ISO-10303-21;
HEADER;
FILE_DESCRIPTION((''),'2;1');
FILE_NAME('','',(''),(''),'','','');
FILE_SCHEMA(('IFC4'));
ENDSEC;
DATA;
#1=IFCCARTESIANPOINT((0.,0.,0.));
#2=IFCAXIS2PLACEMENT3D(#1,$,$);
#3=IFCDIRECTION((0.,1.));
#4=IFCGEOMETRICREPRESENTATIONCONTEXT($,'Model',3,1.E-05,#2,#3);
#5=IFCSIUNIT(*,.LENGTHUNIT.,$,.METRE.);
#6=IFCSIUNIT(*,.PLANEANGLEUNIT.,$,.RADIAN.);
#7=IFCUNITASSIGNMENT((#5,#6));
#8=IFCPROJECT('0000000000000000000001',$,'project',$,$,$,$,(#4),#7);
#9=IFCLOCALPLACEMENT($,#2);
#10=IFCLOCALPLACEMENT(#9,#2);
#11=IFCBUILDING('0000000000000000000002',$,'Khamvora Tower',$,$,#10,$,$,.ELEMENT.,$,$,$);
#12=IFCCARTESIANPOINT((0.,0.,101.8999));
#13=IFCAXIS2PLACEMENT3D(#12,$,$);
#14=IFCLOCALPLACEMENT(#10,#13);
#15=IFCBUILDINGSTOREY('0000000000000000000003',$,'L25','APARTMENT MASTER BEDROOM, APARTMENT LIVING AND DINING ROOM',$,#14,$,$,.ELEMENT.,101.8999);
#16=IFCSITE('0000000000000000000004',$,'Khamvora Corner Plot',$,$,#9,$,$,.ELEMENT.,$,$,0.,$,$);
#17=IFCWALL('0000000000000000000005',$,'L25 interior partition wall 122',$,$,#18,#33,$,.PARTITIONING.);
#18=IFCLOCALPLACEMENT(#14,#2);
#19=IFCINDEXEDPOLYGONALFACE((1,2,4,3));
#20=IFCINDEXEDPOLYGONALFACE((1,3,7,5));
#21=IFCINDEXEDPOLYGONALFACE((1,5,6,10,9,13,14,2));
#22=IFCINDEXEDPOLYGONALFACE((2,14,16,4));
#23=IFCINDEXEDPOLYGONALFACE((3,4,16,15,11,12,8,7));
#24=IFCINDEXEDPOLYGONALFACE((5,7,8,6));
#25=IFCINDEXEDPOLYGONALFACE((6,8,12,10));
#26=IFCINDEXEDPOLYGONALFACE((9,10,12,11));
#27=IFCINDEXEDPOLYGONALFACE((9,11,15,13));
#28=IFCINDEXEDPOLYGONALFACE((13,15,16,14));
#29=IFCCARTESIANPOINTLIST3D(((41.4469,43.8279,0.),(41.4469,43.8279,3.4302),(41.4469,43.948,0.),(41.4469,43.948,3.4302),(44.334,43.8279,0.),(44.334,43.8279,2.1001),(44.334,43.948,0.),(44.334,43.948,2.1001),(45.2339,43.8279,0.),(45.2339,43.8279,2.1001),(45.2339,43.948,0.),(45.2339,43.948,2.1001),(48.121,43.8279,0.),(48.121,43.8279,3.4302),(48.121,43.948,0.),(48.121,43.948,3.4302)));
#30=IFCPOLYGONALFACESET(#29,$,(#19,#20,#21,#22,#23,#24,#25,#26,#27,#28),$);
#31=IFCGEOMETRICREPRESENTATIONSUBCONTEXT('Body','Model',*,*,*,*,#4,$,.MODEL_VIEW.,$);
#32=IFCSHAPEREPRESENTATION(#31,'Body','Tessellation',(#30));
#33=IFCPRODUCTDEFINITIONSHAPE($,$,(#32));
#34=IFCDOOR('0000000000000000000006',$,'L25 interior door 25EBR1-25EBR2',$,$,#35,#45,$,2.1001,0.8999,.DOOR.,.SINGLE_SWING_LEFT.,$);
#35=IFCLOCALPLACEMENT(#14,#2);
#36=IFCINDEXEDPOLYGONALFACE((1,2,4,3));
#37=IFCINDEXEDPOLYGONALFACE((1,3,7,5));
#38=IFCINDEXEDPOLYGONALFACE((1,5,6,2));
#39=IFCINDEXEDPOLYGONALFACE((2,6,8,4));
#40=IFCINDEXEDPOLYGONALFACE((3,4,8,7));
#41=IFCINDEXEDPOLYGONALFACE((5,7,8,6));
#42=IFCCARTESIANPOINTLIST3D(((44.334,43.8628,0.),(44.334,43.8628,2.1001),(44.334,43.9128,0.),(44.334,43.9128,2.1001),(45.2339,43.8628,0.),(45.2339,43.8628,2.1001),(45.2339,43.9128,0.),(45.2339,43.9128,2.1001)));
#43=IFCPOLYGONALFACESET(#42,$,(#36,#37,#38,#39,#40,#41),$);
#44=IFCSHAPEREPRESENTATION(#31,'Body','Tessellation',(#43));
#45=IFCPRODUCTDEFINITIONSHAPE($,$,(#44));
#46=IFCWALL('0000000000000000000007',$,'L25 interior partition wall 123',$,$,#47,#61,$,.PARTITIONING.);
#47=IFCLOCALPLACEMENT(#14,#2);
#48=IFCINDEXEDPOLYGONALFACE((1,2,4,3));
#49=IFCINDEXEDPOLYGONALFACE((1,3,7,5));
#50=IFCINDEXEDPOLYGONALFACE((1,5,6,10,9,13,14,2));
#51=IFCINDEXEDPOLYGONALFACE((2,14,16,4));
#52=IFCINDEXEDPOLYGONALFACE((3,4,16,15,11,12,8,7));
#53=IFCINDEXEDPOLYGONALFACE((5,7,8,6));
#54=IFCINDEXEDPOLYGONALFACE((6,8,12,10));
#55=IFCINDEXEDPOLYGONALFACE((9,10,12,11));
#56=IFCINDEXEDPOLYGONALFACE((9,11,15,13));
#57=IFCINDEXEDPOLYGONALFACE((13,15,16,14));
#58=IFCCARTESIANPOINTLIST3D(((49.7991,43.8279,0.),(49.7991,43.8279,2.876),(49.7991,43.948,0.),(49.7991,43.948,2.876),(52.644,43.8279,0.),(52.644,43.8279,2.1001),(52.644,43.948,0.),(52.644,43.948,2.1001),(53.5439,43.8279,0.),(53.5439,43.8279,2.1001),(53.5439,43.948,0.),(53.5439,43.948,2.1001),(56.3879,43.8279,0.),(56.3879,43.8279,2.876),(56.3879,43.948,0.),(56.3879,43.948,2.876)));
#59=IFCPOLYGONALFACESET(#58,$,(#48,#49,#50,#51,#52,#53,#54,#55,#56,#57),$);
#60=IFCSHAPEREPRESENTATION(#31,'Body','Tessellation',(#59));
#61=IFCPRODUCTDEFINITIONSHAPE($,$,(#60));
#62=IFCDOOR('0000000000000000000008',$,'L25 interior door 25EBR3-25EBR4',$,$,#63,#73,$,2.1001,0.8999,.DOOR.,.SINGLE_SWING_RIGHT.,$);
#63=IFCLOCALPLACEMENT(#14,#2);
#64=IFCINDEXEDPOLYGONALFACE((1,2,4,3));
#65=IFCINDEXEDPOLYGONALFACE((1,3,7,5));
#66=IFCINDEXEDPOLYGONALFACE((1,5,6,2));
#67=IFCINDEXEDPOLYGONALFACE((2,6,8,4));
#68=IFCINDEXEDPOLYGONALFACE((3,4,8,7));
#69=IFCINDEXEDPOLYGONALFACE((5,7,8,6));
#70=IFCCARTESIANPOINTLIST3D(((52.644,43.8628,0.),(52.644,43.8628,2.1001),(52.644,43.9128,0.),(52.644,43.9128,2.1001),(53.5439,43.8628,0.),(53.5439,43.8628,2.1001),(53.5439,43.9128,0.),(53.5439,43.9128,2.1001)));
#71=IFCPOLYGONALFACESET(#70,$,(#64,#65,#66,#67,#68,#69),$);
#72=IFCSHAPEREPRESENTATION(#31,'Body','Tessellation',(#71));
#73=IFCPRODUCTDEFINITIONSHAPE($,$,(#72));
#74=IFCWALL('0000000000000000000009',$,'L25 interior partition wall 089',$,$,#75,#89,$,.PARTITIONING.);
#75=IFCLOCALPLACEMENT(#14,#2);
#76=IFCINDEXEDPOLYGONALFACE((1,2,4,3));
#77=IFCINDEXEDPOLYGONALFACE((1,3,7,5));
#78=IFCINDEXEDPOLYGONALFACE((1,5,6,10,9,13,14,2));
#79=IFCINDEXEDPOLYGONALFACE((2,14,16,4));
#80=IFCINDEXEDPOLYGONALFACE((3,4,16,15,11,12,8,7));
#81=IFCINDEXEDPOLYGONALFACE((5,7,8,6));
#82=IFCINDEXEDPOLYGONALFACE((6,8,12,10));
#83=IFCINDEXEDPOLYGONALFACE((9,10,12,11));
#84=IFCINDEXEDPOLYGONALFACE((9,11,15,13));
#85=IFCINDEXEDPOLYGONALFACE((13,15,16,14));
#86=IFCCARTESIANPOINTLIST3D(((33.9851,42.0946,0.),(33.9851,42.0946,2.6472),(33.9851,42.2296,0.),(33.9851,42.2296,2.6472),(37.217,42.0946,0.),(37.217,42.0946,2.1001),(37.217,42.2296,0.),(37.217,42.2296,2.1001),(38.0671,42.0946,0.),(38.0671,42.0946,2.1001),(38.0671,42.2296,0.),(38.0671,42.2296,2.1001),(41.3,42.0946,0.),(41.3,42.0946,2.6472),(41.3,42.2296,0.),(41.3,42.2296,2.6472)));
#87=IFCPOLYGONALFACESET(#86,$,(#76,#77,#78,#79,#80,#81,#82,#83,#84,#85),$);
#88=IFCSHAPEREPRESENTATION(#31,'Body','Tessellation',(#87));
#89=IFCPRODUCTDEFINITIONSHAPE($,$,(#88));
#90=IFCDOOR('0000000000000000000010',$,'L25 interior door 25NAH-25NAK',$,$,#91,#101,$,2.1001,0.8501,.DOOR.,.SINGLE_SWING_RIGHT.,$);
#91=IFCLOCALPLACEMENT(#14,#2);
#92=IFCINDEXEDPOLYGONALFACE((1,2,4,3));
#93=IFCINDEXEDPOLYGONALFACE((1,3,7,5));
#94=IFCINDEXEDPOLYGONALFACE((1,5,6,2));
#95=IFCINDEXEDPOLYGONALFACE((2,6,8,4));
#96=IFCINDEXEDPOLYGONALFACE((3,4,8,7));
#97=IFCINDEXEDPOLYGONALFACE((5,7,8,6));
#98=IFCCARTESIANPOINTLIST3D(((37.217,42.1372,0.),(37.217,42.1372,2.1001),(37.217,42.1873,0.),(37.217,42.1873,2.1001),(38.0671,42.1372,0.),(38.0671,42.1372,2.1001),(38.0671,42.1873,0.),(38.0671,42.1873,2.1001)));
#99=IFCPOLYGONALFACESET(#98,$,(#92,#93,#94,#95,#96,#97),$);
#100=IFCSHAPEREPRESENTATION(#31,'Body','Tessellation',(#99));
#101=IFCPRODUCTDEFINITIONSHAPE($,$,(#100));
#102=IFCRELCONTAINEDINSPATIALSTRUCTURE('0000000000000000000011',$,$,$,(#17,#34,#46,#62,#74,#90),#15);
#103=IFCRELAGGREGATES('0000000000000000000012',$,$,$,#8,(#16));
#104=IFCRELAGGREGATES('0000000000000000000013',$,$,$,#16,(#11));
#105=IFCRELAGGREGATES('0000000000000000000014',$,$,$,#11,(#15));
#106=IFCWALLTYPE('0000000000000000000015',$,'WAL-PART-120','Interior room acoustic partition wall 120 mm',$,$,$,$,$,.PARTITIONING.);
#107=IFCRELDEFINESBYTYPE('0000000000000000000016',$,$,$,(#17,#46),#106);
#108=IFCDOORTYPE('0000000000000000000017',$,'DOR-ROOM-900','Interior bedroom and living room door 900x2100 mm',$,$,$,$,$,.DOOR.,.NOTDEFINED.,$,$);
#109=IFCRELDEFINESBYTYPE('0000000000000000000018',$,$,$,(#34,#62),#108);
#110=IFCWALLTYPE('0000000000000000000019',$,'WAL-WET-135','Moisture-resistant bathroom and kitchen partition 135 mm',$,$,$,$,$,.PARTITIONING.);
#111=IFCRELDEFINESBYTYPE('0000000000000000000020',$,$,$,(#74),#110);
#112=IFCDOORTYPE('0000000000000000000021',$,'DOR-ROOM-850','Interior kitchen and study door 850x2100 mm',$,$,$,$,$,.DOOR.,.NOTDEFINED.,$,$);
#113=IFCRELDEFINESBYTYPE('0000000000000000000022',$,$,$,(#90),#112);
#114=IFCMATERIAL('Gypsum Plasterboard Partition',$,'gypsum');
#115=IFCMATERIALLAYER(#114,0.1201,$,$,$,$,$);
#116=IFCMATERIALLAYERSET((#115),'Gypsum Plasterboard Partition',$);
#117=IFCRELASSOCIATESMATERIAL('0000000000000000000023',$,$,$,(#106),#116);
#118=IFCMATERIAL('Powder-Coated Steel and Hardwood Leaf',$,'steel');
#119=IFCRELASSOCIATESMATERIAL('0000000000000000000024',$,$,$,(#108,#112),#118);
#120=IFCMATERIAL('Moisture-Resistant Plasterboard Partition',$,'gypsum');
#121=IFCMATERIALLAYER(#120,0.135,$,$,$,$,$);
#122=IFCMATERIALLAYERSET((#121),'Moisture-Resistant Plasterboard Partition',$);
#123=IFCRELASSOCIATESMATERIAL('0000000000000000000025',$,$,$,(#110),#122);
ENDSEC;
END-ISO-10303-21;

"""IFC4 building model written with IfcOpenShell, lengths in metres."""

from ifc_helpers import new_model, si_unit, direction, frame, frame_2d, origin, place, context, subcontext, project, spatial, rectangle, extrude, material, layer, layer_set, type_object, element, fill, save


model = new_model("IFC4")

# Units and contexts
model_context = context("Model", 3, precision=1e-05, world=origin(), true_north=direction((0.0, 1.0)))
body_context = subcontext(model_context, "Body", "Model", "MODEL_VIEW")
ifc_project = project(units=[si_unit("LENGTHUNIT", "METRE"), si_unit("PLANEANGLEUNIT", "RADIAN")], contexts=[model_context])

# Site, building, storey
site_placement = place(None, origin())
site = spatial("IfcSite", under=ifc_project, at=site_placement, Name="Khamvora Corner Plot", CompositionType="ELEMENT", RefElevation=0.0)
building_placement = place(site_placement, origin())
building = spatial("IfcBuilding", under=site, at=building_placement, Name="Khamvora Tower", CompositionType="ELEMENT")
storey_placement = place(building_placement, frame((0.0, 0.0, 101.8999)))
storey = spatial("IfcBuildingStorey", under=building, at=storey_placement, Name="L25", Description="APARTMENT MASTER BEDROOM, APARTMENT LIVING AND DINING ROOM", CompositionType="ELEMENT", Elevation=101.8999)

# Shared definitions
ifc_material_1 = material(Name="Powder-Coated Steel and Hardwood Leaf", Category="steel")

# Walls, openings, doors
ifc_material_2 = material(Name="Gypsum Plasterboard Partition", Category="gypsum")
ifc_layer_1 = layer(ifc_material_2, 0.1201)
ifc_layer_set_1 = layer_set([ifc_layer_1], Name="Gypsum Plasterboard Partition")
wall_type_1 = type_object("IfcWallType", Name="WAL-PART-120", Description="Interior room acoustic partition wall 120 mm", PredefinedType="PARTITIONING", material=ifc_layer_set_1)
door_type_1 = type_object("IfcDoorType", Name="DOR-ROOM-900", Description="Interior bedroom and living room door 900x2100 mm", OperationType="NOTDEFINED", PredefinedType="DOOR", material=ifc_material_1)
wall_1_placement = place(storey_placement, frame((41.447, 43.8879, 0.0), z_axis=(0.0, 0.0, 1.0), x_axis=(1.0, 0.0, 0.0)))
wall_1 = element("IfcWall", 1, at=wall_1_placement, inside=storey, type_object=wall_type_1, Name="L25 interior partition wall 122", PredefinedType="PARTITIONING", context=body_context, shape_type="SweptSolid", body=[
    extrude(rectangle(XDim=6.6741, YDim=0.1201, at=frame_2d((3.3369, 0.0))), origin(), (0.0, 0.0, 1.0), 3.4302),
])
opening_1_placement = place(wall_1_placement, frame((2.887, 0.0, 0.0)))
opening_1 = element("IfcOpeningElement", 2, at=opening_1_placement, cuts=wall_1, PredefinedType="OPENING", context=body_context, shape_type="SweptSolid", body=[
    extrude(rectangle(XDim=0.8999, YDim=2.1001, at=frame_2d((0.45, 1.05))), frame((0.0, 0.0701, 0.0), z_axis=(0.0, -1.0, 0.0), x_axis=(1.0, 0.0, 0.0)), (0.0, 0.0, 1.0), 0.1401),
])
door_1_placement = place(opening_1_placement, origin())
door_1 = element("IfcDoor", 3, at=door_1_placement, inside=storey, type_object=door_type_1, Name="L25 interior door 25EBR1-25EBR2", OperationType="SINGLE_SWING_LEFT", OverallHeight=2.1001, OverallWidth=0.8999, PredefinedType="DOOR", context=body_context, shape_type="SweptSolid", body=[
    extrude(rectangle(XDim=0.8999, YDim=2.1001, at=frame_2d((0.45, 1.05))), frame((0.0, 0.0249, 0.0), z_axis=(0.0, -1.0, 0.0), x_axis=(1.0, 0.0, 0.0)), (0.0, 0.0, 1.0), 0.05),
])
fill(opening_1, door_1)
wall_2_placement = place(storey_placement, frame((49.7991, 43.8879, 0.0), z_axis=(0.0, 0.0, 1.0), x_axis=(1.0, 0.0, 0.0)))
wall_2 = element("IfcWall", 4, at=wall_2_placement, inside=storey, type_object=wall_type_1, Name="L25 interior partition wall 123", PredefinedType="PARTITIONING", context=body_context, shape_type="SweptSolid", body=[
    extrude(rectangle(XDim=6.5889, YDim=0.1201, at=frame_2d((3.2944, 0.0))), origin(), (0.0, 0.0, 1.0), 2.876),
])
opening_2_placement = place(wall_2_placement, frame((2.845, 0.0, 0.0)))
opening_2 = element("IfcOpeningElement", 5, at=opening_2_placement, cuts=wall_2, PredefinedType="OPENING", context=body_context, shape_type="SweptSolid", body=[
    extrude(rectangle(XDim=0.8999, YDim=2.1001, at=frame_2d((0.45, 1.05))), frame((0.0, 0.0701, 0.0), z_axis=(0.0, -1.0, 0.0), x_axis=(1.0, 0.0, 0.0)), (0.0, 0.0, 1.0), 0.1401),
])
door_2_placement = place(opening_2_placement, origin())
door_2 = element("IfcDoor", 6, at=door_2_placement, inside=storey, type_object=door_type_1, Name="L25 interior door 25EBR3-25EBR4", OperationType="SINGLE_SWING_RIGHT", OverallHeight=2.1001, OverallWidth=0.8999, PredefinedType="DOOR", context=body_context, shape_type="SweptSolid", body=[
    extrude(rectangle(XDim=0.8999, YDim=2.1001, at=frame_2d((0.45, 1.05))), frame((0.0, 0.0249, 0.0), z_axis=(0.0, -1.0, 0.0), x_axis=(1.0, 0.0, 0.0)), (0.0, 0.0, 1.0), 0.05),
])
fill(opening_2, door_2)
ifc_material_3 = material(Name="Moisture-Resistant Plasterboard Partition", Category="gypsum")
ifc_layer_2 = layer(ifc_material_3, 0.135)
ifc_layer_set_2 = layer_set([ifc_layer_2], Name="Moisture-Resistant Plasterboard Partition")
wall_type_2 = type_object("IfcWallType", Name="WAL-WET-135", Description="Moisture-resistant bathroom and kitchen partition 135 mm", PredefinedType="PARTITIONING", material=ifc_layer_set_2)
wall_3_placement = place(storey_placement, frame((41.3, 42.1621, 0.0), z_axis=(0.0, 0.0, 1.0), x_axis=(-1.0, 0.0, 0.0)))
wall_3 = element("IfcWall", 7, at=wall_3_placement, inside=storey, type_object=wall_type_2, Name="L25 interior partition wall 089", PredefinedType="PARTITIONING", context=body_context, shape_type="SweptSolid", body=[
    extrude(rectangle(XDim=7.3149, YDim=0.135, at=frame_2d((3.6575, 0.0))), origin(), (0.0, 0.0, 1.0), 2.6472),
])
opening_3_placement = place(wall_3_placement, frame((3.2329, 0.0, 0.0)))
opening_3 = element("IfcOpeningElement", 8, at=opening_3_placement, cuts=wall_3, PredefinedType="OPENING", context=body_context, shape_type="SweptSolid", body=[
    extrude(rectangle(XDim=0.8501, YDim=2.1001, at=frame_2d((0.425, 1.05))), frame((0.0, 0.0774, 0.0), z_axis=(0.0, -1.0, 0.0), x_axis=(1.0, 0.0, 0.0)), (0.0, 0.0, 1.0), 0.155),
])
door_type_2 = type_object("IfcDoorType", Name="DOR-ROOM-850", Description="Interior kitchen and study door 850x2100 mm", OperationType="NOTDEFINED", PredefinedType="DOOR", material=ifc_material_1)
door_3_placement = place(opening_3_placement, origin())
door_3 = element("IfcDoor", 9, at=door_3_placement, inside=storey, type_object=door_type_2, Name="L25 interior door 25NAH-25NAK", OperationType="SINGLE_SWING_RIGHT", OverallHeight=2.1001, OverallWidth=0.8501, PredefinedType="DOOR", context=body_context, shape_type="SweptSolid", body=[
    extrude(rectangle(XDim=0.8501, YDim=2.1001, at=frame_2d((0.425, 1.05))), frame((0.0, 0.0249, 0.0), z_axis=(0.0, -1.0, 0.0), x_axis=(1.0, 0.0, 0.0)), (0.0, 0.0, 1.0), 0.05),
])
fill(opening_3, door_3)

save(model, "model.ifc")
